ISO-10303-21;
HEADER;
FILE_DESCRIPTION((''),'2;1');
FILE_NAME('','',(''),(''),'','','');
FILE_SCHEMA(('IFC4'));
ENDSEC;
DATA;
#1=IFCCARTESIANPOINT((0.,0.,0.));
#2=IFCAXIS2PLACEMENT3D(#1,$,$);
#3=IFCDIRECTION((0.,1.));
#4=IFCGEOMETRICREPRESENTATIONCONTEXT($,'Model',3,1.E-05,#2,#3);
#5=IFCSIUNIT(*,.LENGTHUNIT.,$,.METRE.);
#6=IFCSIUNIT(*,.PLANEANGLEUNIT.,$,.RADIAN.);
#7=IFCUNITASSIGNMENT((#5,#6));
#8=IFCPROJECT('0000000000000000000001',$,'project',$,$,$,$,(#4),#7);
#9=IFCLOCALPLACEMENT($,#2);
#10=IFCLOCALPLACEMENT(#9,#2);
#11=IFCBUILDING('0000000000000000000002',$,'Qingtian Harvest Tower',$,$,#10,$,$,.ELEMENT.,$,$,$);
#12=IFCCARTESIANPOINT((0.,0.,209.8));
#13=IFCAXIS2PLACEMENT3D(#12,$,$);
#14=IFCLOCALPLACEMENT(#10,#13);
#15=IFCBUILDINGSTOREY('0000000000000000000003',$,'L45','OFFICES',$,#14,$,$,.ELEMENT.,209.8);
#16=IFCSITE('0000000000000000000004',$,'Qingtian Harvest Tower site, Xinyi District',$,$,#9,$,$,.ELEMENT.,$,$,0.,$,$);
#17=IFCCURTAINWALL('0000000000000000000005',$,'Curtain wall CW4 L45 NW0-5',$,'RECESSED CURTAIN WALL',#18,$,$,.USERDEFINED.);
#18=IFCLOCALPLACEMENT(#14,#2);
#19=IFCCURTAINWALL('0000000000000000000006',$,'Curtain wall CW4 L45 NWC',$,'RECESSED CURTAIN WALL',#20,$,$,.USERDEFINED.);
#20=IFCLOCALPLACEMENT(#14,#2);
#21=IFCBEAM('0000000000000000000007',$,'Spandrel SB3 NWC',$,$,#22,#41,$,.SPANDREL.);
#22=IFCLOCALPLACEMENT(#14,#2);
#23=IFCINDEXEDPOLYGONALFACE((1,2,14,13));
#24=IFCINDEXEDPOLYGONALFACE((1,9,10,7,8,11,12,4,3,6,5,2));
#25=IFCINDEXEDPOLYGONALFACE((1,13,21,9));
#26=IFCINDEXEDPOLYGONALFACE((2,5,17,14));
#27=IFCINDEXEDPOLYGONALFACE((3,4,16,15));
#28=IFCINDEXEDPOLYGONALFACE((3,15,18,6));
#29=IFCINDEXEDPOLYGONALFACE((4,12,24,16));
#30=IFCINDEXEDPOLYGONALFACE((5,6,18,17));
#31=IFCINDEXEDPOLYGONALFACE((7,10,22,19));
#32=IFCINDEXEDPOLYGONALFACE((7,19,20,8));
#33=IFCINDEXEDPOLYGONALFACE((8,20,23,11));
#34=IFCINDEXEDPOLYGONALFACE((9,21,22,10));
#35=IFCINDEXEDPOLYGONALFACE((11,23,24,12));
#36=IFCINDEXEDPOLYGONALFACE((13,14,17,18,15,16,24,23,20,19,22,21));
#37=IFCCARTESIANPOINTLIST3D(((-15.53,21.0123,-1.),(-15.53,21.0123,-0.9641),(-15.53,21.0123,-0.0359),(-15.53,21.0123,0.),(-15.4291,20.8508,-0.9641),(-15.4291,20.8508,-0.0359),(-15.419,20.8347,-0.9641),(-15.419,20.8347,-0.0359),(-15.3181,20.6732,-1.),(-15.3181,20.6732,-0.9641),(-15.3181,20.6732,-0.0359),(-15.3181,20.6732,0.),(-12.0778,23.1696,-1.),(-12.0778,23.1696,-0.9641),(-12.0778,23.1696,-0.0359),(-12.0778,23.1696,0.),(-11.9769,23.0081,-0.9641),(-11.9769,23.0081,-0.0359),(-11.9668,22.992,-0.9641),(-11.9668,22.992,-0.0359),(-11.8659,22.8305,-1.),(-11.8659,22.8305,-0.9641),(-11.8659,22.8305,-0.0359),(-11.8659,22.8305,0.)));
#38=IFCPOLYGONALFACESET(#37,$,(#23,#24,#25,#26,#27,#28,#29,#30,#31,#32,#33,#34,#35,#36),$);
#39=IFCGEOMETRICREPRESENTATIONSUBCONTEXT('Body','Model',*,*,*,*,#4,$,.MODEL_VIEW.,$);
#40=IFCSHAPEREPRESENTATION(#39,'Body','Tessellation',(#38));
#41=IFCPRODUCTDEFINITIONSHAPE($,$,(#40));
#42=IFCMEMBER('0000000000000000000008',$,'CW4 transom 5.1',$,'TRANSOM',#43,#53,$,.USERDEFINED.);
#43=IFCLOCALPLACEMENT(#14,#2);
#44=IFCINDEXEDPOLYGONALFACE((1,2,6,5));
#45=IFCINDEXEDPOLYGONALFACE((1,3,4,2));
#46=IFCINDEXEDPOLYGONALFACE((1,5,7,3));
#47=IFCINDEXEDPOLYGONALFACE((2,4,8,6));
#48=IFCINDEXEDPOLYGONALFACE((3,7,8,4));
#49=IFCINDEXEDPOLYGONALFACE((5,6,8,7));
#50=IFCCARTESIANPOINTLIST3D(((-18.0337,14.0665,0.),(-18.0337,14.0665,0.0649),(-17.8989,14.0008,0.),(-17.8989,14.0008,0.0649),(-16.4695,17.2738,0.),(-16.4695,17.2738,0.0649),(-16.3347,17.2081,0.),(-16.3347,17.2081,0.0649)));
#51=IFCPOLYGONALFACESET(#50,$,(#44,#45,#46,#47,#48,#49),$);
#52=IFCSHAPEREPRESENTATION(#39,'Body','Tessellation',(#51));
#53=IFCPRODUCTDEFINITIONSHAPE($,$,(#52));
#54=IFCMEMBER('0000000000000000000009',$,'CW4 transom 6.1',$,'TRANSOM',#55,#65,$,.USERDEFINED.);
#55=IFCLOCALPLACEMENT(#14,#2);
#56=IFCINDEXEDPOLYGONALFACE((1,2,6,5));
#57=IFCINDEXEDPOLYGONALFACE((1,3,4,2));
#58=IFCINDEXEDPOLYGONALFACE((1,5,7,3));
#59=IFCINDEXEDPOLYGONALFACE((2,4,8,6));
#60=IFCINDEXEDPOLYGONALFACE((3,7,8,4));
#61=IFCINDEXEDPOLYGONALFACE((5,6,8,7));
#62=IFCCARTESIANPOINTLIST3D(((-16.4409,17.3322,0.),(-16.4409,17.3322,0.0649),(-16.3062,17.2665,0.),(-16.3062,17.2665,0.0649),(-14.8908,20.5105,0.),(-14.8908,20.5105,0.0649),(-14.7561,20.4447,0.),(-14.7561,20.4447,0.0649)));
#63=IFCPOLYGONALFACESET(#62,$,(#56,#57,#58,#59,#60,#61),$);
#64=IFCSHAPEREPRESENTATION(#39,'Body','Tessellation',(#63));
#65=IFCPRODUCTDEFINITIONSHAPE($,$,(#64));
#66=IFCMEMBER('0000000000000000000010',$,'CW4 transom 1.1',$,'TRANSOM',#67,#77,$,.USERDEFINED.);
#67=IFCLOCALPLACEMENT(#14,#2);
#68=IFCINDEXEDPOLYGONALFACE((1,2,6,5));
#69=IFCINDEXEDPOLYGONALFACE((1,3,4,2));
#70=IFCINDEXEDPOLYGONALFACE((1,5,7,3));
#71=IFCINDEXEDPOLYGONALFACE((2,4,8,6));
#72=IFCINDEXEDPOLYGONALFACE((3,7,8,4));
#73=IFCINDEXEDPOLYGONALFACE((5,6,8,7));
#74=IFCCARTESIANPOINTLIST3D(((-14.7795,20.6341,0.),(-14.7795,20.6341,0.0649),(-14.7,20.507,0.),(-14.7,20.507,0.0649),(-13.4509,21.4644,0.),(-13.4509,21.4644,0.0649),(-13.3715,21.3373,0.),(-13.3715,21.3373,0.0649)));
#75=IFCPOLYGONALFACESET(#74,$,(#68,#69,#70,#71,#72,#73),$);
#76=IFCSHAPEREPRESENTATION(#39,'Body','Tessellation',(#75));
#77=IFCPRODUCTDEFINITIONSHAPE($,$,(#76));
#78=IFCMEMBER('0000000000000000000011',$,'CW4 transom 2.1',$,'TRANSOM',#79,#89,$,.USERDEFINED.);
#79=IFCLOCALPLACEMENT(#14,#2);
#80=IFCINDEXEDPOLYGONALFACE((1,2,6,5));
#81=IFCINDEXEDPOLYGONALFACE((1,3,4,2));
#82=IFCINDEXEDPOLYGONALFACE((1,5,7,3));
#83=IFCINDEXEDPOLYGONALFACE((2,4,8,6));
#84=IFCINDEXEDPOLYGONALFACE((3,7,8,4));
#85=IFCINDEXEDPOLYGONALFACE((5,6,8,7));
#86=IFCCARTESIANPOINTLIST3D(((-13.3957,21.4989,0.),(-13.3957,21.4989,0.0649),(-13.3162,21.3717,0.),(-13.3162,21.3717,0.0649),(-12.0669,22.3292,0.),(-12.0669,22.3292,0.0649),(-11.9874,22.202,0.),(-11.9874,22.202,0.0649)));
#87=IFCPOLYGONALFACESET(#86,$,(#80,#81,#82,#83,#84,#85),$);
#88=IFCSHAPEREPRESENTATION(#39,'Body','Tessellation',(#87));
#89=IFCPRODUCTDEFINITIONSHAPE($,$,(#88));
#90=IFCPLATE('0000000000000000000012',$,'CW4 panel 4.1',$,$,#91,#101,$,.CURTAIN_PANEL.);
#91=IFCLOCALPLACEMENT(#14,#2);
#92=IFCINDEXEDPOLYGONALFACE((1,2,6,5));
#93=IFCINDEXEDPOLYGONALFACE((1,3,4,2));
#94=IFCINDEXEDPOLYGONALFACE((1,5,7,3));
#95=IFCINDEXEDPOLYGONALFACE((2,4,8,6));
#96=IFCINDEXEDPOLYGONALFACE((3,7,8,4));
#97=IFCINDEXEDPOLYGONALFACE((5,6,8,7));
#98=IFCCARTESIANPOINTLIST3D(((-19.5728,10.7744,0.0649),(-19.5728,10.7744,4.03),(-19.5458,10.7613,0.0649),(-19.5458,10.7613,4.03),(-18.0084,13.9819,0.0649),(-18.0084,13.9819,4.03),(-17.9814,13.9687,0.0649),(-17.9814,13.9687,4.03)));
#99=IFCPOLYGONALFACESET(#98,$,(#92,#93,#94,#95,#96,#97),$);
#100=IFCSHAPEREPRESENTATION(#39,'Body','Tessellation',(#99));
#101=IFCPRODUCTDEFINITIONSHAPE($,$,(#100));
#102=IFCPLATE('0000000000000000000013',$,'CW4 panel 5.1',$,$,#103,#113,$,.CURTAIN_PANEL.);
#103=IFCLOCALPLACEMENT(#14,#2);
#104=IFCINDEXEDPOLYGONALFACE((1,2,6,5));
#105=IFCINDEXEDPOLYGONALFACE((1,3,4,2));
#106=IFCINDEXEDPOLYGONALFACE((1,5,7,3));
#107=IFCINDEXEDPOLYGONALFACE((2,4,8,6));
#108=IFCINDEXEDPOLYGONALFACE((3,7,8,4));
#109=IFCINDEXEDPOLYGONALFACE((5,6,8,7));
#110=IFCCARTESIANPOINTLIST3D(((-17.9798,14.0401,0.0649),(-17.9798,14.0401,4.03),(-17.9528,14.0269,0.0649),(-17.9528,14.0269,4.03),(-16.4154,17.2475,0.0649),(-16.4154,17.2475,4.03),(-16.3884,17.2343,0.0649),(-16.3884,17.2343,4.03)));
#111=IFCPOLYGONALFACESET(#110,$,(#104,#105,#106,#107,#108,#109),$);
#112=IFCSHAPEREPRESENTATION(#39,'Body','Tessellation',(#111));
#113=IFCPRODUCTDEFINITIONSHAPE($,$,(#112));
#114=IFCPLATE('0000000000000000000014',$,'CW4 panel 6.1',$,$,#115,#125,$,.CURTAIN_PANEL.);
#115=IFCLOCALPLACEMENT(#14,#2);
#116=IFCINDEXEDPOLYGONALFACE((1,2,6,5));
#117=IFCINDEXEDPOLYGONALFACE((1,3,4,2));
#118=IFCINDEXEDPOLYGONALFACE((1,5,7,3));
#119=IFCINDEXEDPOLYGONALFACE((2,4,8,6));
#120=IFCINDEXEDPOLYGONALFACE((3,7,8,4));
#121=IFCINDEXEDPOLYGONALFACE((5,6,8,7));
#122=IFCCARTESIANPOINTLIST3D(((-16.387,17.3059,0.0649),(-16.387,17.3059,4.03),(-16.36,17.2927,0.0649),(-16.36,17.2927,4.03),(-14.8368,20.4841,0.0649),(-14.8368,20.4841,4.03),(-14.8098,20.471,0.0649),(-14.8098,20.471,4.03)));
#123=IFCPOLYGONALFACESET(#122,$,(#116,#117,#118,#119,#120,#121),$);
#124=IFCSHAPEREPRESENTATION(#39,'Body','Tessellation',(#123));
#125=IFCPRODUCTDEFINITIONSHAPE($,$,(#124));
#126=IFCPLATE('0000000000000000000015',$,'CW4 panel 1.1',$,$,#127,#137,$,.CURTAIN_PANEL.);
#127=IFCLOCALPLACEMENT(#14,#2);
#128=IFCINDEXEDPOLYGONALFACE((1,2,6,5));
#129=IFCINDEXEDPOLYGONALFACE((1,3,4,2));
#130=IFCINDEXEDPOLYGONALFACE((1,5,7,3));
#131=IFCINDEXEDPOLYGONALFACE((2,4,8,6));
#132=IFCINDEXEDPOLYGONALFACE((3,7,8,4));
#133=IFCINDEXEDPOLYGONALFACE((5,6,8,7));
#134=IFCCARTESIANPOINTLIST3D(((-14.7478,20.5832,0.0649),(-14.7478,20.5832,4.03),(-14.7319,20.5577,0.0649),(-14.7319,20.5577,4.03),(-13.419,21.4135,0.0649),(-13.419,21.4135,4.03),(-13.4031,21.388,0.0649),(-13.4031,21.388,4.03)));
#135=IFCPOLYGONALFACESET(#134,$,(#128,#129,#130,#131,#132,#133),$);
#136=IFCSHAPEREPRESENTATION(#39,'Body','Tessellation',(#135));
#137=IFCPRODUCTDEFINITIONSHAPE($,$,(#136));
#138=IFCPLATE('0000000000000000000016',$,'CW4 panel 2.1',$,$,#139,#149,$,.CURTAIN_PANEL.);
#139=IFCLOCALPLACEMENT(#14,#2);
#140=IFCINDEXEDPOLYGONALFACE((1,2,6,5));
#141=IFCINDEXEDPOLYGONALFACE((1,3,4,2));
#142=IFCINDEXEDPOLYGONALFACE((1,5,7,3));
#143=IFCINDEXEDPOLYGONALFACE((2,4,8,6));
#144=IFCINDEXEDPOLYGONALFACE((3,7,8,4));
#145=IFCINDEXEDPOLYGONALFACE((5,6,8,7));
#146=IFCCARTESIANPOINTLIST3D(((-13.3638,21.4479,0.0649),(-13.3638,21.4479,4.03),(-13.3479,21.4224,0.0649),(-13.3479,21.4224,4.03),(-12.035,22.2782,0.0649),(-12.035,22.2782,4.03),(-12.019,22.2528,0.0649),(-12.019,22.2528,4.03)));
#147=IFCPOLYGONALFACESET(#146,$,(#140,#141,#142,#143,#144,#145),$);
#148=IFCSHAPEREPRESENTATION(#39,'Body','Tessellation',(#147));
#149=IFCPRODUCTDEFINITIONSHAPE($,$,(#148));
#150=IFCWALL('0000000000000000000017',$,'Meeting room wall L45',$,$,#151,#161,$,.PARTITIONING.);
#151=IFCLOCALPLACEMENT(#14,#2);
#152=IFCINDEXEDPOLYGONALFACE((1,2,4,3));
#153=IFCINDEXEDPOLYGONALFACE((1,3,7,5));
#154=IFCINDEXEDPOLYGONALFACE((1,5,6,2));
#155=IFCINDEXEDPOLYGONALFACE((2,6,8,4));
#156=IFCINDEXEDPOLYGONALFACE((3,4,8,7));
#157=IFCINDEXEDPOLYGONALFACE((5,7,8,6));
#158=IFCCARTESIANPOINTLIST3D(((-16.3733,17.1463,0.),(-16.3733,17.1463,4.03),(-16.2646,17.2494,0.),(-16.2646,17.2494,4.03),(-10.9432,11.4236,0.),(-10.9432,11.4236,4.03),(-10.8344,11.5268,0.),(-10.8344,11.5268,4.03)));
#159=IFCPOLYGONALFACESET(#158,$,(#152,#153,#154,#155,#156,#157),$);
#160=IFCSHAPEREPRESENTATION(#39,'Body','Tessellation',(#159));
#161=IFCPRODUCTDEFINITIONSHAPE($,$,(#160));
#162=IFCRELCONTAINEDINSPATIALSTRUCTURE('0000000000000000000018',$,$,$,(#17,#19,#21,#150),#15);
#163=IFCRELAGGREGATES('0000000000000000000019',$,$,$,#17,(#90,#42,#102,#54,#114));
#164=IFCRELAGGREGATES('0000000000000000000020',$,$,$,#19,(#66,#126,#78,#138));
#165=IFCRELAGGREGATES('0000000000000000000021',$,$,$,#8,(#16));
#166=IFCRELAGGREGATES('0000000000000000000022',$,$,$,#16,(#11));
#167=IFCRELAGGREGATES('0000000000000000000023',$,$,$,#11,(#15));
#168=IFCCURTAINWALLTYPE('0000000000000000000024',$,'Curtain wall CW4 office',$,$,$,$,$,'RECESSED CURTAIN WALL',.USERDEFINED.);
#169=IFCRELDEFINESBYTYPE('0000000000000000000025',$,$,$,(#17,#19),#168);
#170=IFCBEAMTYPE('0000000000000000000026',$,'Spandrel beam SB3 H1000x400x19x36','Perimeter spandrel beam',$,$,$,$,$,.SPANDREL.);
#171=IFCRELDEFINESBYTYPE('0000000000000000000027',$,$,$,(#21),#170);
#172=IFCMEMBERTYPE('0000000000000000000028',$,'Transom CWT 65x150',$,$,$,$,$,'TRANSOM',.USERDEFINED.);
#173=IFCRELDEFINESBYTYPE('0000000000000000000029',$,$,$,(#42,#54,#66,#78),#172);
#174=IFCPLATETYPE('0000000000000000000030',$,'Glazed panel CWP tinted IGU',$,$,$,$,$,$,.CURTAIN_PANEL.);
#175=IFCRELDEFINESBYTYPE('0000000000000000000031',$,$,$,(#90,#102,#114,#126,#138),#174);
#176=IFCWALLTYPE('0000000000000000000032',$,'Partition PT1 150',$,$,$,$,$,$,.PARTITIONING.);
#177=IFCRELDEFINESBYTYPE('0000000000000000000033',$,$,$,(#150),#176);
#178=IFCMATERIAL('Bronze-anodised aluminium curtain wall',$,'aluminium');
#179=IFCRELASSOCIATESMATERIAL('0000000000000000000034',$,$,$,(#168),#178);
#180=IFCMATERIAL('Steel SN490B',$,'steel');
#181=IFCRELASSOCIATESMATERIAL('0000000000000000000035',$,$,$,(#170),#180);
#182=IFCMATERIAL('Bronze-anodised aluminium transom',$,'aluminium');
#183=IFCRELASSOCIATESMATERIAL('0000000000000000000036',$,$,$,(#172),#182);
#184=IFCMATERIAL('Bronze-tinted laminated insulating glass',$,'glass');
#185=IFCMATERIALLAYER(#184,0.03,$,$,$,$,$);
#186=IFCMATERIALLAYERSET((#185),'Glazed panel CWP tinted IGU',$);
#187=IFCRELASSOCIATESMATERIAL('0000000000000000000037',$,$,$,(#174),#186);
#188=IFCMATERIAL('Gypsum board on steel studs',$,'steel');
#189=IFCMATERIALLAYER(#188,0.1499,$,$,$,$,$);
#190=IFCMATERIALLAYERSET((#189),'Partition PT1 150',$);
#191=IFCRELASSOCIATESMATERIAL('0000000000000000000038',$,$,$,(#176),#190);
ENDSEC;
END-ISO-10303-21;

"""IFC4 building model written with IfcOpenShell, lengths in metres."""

from ifc_helpers import new_model, si_unit, direction, frame, frame_2d, origin, origin_2d, place, context, subcontext, project, spatial, rectangle, i_section, extrude, material, layer, layer_set, material_profile, profile_set, type_object, element, aggregate, save


model = new_model("IFC4")

# Units and contexts
model_context = context("Model", 3, precision=1e-05, world=origin(), true_north=direction((0.0, 1.0)))
body_context = subcontext(model_context, "Body", "Model", "MODEL_VIEW")
ifc_project = project(units=[si_unit("LENGTHUNIT", "METRE"), si_unit("PLANEANGLEUNIT", "RADIAN")], contexts=[model_context])

# Site, building, storey
site_placement = place(None, origin())
site = spatial("IfcSite", under=ifc_project, at=site_placement, Name="Qingtian Harvest Tower site, Xinyi District", CompositionType="ELEMENT", RefElevation=0.0)
building_placement = place(site_placement, origin())
building = spatial("IfcBuilding", under=site, at=building_placement, Name="Qingtian Harvest Tower", CompositionType="ELEMENT")
storey_placement = place(building_placement, frame((0.0, 0.0, 209.8)))
storey = spatial("IfcBuildingStorey", under=building, at=storey_placement, Name="L45", Description="OFFICES", CompositionType="ELEMENT", Elevation=209.8)

# Curtain walls
ifc_material_1 = material(Name="Bronze-anodised aluminium curtain wall", Category="aluminium")
curtain_wall_type = type_object("IfcCurtainWallType", Name="Curtain wall CW4 office", ElementType="RECESSED CURTAIN WALL", PredefinedType="USERDEFINED", material=ifc_material_1)
curtain_wall_1_placement = place(storey_placement, origin())
curtain_wall_1 = element("IfcCurtainWall", 1, at=curtain_wall_1_placement, inside=storey, type_object=curtain_wall_type, Name="Curtain wall CW4 L45 NW0-5", ObjectType="RECESSED CURTAIN WALL", PredefinedType="USERDEFINED")
curtain_wall_2_placement = place(storey_placement, origin())
curtain_wall_2 = element("IfcCurtainWall", 2, at=curtain_wall_2_placement, inside=storey, type_object=curtain_wall_type, Name="Curtain wall CW4 L45 NWC", ObjectType="RECESSED CURTAIN WALL", PredefinedType="USERDEFINED")

# Beam
ifc_material_2 = material(Name="Steel SN490B", Category="steel")
ifc_material_profile_1 = material_profile(ifc_material_2, i_section(OverallWidth=0.3999, OverallDepth=1.0, WebThickness=0.019, FlangeThickness=0.0359, at=origin_2d()), Name="H1000x400x19x36")
ifc_profile_set_1 = profile_set([ifc_material_profile_1], Name="Steel SN490B")
beam_type_1 = type_object("IfcBeamType", Name="Spandrel beam SB3 H1000x400x19x36", Description="Perimeter spandrel beam", PredefinedType="SPANDREL", material=ifc_profile_set_1)
beam_1_placement = place(storey_placement, frame((-15.4241, 20.8428, -0.5), z_axis=(0.848039, 0.529934, 0.0), x_axis=(-0.529934, 0.848039, 0.0)))
element("IfcBeam", 3, at=beam_1_placement, inside=storey, type_object=beam_type_1, Name="Spandrel SB3 NWC", PredefinedType="SPANDREL", context=body_context, shape_type="SweptSolid", body=[
    extrude(i_section(OverallWidth=0.3999, OverallDepth=1.0, WebThickness=0.019, FlangeThickness=0.0359, at=origin_2d()), origin(), (0.0, 0.0, 1.0), 4.0708),
])

# Members
ifc_material_3 = material(Name="Bronze-anodised aluminium transom", Category="aluminium")
ifc_material_profile_2 = material_profile(ifc_material_3, rectangle(XDim=0.1499, YDim=0.0649, at=origin_2d()), Name="AL 65x150")
ifc_profile_set_2 = profile_set([ifc_material_profile_2], Name="Bronze-anodised aluminium transom")
member_type_1 = type_object("IfcMemberType", Name="Transom CWT 65x150", ElementType="TRANSOM", PredefinedType="USERDEFINED", material=ifc_profile_set_2)
member_1_placement = place(storey_placement, frame((-17.9663, 14.0337, 0.0325), z_axis=(0.438352, 0.898803, 0.0), x_axis=(-0.898803, 0.438352, 0.0)))
member_1 = element("IfcMember", 4, at=member_1_placement, type_object=member_type_1, Name="CW4 transom 5.1", ObjectType="TRANSOM", PredefinedType="USERDEFINED", context=body_context, shape_type="SweptSolid", body=[
    extrude(rectangle(XDim=0.1499, YDim=0.0649, at=origin_2d()), origin(), (0.0, 0.0, 1.0), 3.5684),
])
member_2_placement = place(storey_placement, frame((-16.3735, 17.2993, 0.0325), z_axis=(0.438354, 0.898802, 0.0), x_axis=(-0.898802, 0.438354, 0.0)))
member_2 = element("IfcMember", 5, at=member_2_placement, type_object=member_type_1, Name="CW4 transom 6.1", ObjectType="TRANSOM", PredefinedType="USERDEFINED", context=body_context, shape_type="SweptSolid", body=[
    extrude(rectangle(XDim=0.1499, YDim=0.0649, at=origin_2d()), origin(), (0.0, 0.0, 1.0), 3.5361),
])
member_3_placement = place(storey_placement, frame((-14.7397, 20.5706, 0.0325), z_axis=(0.848016, 0.529971, 0.0), x_axis=(-0.529971, 0.848016, 0.0)))
member_3 = element("IfcMember", 6, at=member_3_placement, type_object=member_type_1, Name="CW4 transom 1.1", ObjectType="TRANSOM", PredefinedType="USERDEFINED", context=body_context, shape_type="SweptSolid", body=[
    extrude(rectangle(XDim=0.1499, YDim=0.0649, at=origin_2d()), origin(), (0.0, 0.0, 1.0), 1.5667),
])
member_4_placement = place(storey_placement, frame((-13.356, 21.4353, 0.0325), z_axis=(0.84806, 0.529901, 0.0), x_axis=(-0.529901, 0.84806, 0.0)))
member_4 = element("IfcMember", 7, at=member_4_placement, type_object=member_type_1, Name="CW4 transom 2.1", ObjectType="TRANSOM", PredefinedType="USERDEFINED", context=body_context, shape_type="SweptSolid", body=[
    extrude(rectangle(XDim=0.1499, YDim=0.0649, at=origin_2d()), origin(), (0.0, 0.0, 1.0), 1.5669),
])

# Plates
ifc_material_4 = material(Name="Bronze-tinted laminated insulating glass", Category="glass")
ifc_layer_1 = layer(ifc_material_4, 0.03)
ifc_layer_set_1 = layer_set([ifc_layer_1], Name="Glazed panel CWP tinted IGU")
plate_type = type_object("IfcPlateType", Name="Glazed panel CWP tinted IGU", PredefinedType="CURTAIN_PANEL", material=ifc_layer_set_1)
plate_1_placement = place(storey_placement, frame((-18.7771, 12.3716, 0.0649), z_axis=(0.0, 0.0, 1.0), x_axis=(0.438371, 0.898794, 0.0)))
plate_1 = element("IfcPlate", 8, at=plate_1_placement, type_object=plate_type, Name="CW4 panel 4.1", PredefinedType="CURTAIN_PANEL", context=body_context, shape_type="SweptSolid", body=[
    extrude(rectangle(XDim=3.5686, YDim=0.03, at=origin_2d()), origin(), (0.0, 0.0, 1.0), 3.9651),
])
plate_2_placement = place(storey_placement, frame((-17.1841, 15.6372, 0.0649), z_axis=(0.0, 0.0, 1.0), x_axis=(0.438371, 0.898794, 0.0)))
plate_2 = element("IfcPlate", 9, at=plate_2_placement, type_object=plate_type, Name="CW4 panel 5.1", PredefinedType="CURTAIN_PANEL", context=body_context, shape_type="SweptSolid", body=[
    extrude(rectangle(XDim=3.5686, YDim=0.03, at=origin_2d()), origin(), (0.0, 0.0, 1.0), 3.9651),
])
plate_3_placement = place(storey_placement, frame((-15.5984, 18.8884, 0.0649), z_axis=(0.0, 0.0, 1.0), x_axis=(0.438371, 0.898794, 0.0)))
plate_3 = element("IfcPlate", 10, at=plate_3_placement, type_object=plate_type, Name="CW4 panel 6.1", PredefinedType="CURTAIN_PANEL", context=body_context, shape_type="SweptSolid", body=[
    extrude(rectangle(XDim=3.5361, YDim=0.03, at=origin_2d()), origin(), (0.0, 0.0, 1.0), 3.9651),
])
aggregate(curtain_wall_1, [plate_1, member_1, plate_2, member_2, plate_3])
plate_4_placement = place(storey_placement, frame((-14.0754, 20.9856, 0.0649), z_axis=(0.0, 0.0, 1.0), x_axis=(0.848048, 0.529919, 0.0)))
plate_4 = element("IfcPlate", 11, at=plate_4_placement, type_object=plate_type, Name="CW4 panel 1.1", PredefinedType="CURTAIN_PANEL", context=body_context, shape_type="SweptSolid", body=[
    extrude(rectangle(XDim=1.5669, YDim=0.03, at=origin_2d()), origin(), (0.0, 0.0, 1.0), 3.9651),
])
plate_5_placement = place(storey_placement, frame((-12.6914, 21.8503, 0.0649), z_axis=(0.0, 0.0, 1.0), x_axis=(0.848048, 0.529919, 0.0)))
plate_5 = element("IfcPlate", 12, at=plate_5_placement, type_object=plate_type, Name="CW4 panel 2.1", PredefinedType="CURTAIN_PANEL", context=body_context, shape_type="SweptSolid", body=[
    extrude(rectangle(XDim=1.5669, YDim=0.03, at=origin_2d()), origin(), (0.0, 0.0, 1.0), 3.9651),
])
aggregate(curtain_wall_2, [member_3, plate_4, member_4, plate_5])

# Wall
ifc_material_5 = material(Name="Gypsum board on steel studs", Category="steel")
ifc_layer_2 = layer(ifc_material_5, 0.1499)
ifc_layer_set_2 = layer_set([ifc_layer_2], Name="Partition PT1 150")
wall_type = type_object("IfcWallType", Name="Partition PT1 150", PredefinedType="PARTITIONING", material=ifc_layer_set_2)
wall_placement = place(storey_placement, frame((-16.3188, 17.1978, 0.0), z_axis=(0.0, 0.0, 1.0), x_axis=(0.688326, -0.725401, 0.0)))
element("IfcWall", 13, at=wall_placement, inside=storey, type_object=wall_type, Name="Meeting room wall L45", PredefinedType="PARTITIONING", context=body_context, shape_type="SweptSolid", body=[
    extrude(rectangle(XDim=7.8889, YDim=0.1499, at=frame_2d((3.9443, 0.0))), origin(), (0.0, 0.0, 1.0), 4.03),
])

save(model, "model.ifc")
